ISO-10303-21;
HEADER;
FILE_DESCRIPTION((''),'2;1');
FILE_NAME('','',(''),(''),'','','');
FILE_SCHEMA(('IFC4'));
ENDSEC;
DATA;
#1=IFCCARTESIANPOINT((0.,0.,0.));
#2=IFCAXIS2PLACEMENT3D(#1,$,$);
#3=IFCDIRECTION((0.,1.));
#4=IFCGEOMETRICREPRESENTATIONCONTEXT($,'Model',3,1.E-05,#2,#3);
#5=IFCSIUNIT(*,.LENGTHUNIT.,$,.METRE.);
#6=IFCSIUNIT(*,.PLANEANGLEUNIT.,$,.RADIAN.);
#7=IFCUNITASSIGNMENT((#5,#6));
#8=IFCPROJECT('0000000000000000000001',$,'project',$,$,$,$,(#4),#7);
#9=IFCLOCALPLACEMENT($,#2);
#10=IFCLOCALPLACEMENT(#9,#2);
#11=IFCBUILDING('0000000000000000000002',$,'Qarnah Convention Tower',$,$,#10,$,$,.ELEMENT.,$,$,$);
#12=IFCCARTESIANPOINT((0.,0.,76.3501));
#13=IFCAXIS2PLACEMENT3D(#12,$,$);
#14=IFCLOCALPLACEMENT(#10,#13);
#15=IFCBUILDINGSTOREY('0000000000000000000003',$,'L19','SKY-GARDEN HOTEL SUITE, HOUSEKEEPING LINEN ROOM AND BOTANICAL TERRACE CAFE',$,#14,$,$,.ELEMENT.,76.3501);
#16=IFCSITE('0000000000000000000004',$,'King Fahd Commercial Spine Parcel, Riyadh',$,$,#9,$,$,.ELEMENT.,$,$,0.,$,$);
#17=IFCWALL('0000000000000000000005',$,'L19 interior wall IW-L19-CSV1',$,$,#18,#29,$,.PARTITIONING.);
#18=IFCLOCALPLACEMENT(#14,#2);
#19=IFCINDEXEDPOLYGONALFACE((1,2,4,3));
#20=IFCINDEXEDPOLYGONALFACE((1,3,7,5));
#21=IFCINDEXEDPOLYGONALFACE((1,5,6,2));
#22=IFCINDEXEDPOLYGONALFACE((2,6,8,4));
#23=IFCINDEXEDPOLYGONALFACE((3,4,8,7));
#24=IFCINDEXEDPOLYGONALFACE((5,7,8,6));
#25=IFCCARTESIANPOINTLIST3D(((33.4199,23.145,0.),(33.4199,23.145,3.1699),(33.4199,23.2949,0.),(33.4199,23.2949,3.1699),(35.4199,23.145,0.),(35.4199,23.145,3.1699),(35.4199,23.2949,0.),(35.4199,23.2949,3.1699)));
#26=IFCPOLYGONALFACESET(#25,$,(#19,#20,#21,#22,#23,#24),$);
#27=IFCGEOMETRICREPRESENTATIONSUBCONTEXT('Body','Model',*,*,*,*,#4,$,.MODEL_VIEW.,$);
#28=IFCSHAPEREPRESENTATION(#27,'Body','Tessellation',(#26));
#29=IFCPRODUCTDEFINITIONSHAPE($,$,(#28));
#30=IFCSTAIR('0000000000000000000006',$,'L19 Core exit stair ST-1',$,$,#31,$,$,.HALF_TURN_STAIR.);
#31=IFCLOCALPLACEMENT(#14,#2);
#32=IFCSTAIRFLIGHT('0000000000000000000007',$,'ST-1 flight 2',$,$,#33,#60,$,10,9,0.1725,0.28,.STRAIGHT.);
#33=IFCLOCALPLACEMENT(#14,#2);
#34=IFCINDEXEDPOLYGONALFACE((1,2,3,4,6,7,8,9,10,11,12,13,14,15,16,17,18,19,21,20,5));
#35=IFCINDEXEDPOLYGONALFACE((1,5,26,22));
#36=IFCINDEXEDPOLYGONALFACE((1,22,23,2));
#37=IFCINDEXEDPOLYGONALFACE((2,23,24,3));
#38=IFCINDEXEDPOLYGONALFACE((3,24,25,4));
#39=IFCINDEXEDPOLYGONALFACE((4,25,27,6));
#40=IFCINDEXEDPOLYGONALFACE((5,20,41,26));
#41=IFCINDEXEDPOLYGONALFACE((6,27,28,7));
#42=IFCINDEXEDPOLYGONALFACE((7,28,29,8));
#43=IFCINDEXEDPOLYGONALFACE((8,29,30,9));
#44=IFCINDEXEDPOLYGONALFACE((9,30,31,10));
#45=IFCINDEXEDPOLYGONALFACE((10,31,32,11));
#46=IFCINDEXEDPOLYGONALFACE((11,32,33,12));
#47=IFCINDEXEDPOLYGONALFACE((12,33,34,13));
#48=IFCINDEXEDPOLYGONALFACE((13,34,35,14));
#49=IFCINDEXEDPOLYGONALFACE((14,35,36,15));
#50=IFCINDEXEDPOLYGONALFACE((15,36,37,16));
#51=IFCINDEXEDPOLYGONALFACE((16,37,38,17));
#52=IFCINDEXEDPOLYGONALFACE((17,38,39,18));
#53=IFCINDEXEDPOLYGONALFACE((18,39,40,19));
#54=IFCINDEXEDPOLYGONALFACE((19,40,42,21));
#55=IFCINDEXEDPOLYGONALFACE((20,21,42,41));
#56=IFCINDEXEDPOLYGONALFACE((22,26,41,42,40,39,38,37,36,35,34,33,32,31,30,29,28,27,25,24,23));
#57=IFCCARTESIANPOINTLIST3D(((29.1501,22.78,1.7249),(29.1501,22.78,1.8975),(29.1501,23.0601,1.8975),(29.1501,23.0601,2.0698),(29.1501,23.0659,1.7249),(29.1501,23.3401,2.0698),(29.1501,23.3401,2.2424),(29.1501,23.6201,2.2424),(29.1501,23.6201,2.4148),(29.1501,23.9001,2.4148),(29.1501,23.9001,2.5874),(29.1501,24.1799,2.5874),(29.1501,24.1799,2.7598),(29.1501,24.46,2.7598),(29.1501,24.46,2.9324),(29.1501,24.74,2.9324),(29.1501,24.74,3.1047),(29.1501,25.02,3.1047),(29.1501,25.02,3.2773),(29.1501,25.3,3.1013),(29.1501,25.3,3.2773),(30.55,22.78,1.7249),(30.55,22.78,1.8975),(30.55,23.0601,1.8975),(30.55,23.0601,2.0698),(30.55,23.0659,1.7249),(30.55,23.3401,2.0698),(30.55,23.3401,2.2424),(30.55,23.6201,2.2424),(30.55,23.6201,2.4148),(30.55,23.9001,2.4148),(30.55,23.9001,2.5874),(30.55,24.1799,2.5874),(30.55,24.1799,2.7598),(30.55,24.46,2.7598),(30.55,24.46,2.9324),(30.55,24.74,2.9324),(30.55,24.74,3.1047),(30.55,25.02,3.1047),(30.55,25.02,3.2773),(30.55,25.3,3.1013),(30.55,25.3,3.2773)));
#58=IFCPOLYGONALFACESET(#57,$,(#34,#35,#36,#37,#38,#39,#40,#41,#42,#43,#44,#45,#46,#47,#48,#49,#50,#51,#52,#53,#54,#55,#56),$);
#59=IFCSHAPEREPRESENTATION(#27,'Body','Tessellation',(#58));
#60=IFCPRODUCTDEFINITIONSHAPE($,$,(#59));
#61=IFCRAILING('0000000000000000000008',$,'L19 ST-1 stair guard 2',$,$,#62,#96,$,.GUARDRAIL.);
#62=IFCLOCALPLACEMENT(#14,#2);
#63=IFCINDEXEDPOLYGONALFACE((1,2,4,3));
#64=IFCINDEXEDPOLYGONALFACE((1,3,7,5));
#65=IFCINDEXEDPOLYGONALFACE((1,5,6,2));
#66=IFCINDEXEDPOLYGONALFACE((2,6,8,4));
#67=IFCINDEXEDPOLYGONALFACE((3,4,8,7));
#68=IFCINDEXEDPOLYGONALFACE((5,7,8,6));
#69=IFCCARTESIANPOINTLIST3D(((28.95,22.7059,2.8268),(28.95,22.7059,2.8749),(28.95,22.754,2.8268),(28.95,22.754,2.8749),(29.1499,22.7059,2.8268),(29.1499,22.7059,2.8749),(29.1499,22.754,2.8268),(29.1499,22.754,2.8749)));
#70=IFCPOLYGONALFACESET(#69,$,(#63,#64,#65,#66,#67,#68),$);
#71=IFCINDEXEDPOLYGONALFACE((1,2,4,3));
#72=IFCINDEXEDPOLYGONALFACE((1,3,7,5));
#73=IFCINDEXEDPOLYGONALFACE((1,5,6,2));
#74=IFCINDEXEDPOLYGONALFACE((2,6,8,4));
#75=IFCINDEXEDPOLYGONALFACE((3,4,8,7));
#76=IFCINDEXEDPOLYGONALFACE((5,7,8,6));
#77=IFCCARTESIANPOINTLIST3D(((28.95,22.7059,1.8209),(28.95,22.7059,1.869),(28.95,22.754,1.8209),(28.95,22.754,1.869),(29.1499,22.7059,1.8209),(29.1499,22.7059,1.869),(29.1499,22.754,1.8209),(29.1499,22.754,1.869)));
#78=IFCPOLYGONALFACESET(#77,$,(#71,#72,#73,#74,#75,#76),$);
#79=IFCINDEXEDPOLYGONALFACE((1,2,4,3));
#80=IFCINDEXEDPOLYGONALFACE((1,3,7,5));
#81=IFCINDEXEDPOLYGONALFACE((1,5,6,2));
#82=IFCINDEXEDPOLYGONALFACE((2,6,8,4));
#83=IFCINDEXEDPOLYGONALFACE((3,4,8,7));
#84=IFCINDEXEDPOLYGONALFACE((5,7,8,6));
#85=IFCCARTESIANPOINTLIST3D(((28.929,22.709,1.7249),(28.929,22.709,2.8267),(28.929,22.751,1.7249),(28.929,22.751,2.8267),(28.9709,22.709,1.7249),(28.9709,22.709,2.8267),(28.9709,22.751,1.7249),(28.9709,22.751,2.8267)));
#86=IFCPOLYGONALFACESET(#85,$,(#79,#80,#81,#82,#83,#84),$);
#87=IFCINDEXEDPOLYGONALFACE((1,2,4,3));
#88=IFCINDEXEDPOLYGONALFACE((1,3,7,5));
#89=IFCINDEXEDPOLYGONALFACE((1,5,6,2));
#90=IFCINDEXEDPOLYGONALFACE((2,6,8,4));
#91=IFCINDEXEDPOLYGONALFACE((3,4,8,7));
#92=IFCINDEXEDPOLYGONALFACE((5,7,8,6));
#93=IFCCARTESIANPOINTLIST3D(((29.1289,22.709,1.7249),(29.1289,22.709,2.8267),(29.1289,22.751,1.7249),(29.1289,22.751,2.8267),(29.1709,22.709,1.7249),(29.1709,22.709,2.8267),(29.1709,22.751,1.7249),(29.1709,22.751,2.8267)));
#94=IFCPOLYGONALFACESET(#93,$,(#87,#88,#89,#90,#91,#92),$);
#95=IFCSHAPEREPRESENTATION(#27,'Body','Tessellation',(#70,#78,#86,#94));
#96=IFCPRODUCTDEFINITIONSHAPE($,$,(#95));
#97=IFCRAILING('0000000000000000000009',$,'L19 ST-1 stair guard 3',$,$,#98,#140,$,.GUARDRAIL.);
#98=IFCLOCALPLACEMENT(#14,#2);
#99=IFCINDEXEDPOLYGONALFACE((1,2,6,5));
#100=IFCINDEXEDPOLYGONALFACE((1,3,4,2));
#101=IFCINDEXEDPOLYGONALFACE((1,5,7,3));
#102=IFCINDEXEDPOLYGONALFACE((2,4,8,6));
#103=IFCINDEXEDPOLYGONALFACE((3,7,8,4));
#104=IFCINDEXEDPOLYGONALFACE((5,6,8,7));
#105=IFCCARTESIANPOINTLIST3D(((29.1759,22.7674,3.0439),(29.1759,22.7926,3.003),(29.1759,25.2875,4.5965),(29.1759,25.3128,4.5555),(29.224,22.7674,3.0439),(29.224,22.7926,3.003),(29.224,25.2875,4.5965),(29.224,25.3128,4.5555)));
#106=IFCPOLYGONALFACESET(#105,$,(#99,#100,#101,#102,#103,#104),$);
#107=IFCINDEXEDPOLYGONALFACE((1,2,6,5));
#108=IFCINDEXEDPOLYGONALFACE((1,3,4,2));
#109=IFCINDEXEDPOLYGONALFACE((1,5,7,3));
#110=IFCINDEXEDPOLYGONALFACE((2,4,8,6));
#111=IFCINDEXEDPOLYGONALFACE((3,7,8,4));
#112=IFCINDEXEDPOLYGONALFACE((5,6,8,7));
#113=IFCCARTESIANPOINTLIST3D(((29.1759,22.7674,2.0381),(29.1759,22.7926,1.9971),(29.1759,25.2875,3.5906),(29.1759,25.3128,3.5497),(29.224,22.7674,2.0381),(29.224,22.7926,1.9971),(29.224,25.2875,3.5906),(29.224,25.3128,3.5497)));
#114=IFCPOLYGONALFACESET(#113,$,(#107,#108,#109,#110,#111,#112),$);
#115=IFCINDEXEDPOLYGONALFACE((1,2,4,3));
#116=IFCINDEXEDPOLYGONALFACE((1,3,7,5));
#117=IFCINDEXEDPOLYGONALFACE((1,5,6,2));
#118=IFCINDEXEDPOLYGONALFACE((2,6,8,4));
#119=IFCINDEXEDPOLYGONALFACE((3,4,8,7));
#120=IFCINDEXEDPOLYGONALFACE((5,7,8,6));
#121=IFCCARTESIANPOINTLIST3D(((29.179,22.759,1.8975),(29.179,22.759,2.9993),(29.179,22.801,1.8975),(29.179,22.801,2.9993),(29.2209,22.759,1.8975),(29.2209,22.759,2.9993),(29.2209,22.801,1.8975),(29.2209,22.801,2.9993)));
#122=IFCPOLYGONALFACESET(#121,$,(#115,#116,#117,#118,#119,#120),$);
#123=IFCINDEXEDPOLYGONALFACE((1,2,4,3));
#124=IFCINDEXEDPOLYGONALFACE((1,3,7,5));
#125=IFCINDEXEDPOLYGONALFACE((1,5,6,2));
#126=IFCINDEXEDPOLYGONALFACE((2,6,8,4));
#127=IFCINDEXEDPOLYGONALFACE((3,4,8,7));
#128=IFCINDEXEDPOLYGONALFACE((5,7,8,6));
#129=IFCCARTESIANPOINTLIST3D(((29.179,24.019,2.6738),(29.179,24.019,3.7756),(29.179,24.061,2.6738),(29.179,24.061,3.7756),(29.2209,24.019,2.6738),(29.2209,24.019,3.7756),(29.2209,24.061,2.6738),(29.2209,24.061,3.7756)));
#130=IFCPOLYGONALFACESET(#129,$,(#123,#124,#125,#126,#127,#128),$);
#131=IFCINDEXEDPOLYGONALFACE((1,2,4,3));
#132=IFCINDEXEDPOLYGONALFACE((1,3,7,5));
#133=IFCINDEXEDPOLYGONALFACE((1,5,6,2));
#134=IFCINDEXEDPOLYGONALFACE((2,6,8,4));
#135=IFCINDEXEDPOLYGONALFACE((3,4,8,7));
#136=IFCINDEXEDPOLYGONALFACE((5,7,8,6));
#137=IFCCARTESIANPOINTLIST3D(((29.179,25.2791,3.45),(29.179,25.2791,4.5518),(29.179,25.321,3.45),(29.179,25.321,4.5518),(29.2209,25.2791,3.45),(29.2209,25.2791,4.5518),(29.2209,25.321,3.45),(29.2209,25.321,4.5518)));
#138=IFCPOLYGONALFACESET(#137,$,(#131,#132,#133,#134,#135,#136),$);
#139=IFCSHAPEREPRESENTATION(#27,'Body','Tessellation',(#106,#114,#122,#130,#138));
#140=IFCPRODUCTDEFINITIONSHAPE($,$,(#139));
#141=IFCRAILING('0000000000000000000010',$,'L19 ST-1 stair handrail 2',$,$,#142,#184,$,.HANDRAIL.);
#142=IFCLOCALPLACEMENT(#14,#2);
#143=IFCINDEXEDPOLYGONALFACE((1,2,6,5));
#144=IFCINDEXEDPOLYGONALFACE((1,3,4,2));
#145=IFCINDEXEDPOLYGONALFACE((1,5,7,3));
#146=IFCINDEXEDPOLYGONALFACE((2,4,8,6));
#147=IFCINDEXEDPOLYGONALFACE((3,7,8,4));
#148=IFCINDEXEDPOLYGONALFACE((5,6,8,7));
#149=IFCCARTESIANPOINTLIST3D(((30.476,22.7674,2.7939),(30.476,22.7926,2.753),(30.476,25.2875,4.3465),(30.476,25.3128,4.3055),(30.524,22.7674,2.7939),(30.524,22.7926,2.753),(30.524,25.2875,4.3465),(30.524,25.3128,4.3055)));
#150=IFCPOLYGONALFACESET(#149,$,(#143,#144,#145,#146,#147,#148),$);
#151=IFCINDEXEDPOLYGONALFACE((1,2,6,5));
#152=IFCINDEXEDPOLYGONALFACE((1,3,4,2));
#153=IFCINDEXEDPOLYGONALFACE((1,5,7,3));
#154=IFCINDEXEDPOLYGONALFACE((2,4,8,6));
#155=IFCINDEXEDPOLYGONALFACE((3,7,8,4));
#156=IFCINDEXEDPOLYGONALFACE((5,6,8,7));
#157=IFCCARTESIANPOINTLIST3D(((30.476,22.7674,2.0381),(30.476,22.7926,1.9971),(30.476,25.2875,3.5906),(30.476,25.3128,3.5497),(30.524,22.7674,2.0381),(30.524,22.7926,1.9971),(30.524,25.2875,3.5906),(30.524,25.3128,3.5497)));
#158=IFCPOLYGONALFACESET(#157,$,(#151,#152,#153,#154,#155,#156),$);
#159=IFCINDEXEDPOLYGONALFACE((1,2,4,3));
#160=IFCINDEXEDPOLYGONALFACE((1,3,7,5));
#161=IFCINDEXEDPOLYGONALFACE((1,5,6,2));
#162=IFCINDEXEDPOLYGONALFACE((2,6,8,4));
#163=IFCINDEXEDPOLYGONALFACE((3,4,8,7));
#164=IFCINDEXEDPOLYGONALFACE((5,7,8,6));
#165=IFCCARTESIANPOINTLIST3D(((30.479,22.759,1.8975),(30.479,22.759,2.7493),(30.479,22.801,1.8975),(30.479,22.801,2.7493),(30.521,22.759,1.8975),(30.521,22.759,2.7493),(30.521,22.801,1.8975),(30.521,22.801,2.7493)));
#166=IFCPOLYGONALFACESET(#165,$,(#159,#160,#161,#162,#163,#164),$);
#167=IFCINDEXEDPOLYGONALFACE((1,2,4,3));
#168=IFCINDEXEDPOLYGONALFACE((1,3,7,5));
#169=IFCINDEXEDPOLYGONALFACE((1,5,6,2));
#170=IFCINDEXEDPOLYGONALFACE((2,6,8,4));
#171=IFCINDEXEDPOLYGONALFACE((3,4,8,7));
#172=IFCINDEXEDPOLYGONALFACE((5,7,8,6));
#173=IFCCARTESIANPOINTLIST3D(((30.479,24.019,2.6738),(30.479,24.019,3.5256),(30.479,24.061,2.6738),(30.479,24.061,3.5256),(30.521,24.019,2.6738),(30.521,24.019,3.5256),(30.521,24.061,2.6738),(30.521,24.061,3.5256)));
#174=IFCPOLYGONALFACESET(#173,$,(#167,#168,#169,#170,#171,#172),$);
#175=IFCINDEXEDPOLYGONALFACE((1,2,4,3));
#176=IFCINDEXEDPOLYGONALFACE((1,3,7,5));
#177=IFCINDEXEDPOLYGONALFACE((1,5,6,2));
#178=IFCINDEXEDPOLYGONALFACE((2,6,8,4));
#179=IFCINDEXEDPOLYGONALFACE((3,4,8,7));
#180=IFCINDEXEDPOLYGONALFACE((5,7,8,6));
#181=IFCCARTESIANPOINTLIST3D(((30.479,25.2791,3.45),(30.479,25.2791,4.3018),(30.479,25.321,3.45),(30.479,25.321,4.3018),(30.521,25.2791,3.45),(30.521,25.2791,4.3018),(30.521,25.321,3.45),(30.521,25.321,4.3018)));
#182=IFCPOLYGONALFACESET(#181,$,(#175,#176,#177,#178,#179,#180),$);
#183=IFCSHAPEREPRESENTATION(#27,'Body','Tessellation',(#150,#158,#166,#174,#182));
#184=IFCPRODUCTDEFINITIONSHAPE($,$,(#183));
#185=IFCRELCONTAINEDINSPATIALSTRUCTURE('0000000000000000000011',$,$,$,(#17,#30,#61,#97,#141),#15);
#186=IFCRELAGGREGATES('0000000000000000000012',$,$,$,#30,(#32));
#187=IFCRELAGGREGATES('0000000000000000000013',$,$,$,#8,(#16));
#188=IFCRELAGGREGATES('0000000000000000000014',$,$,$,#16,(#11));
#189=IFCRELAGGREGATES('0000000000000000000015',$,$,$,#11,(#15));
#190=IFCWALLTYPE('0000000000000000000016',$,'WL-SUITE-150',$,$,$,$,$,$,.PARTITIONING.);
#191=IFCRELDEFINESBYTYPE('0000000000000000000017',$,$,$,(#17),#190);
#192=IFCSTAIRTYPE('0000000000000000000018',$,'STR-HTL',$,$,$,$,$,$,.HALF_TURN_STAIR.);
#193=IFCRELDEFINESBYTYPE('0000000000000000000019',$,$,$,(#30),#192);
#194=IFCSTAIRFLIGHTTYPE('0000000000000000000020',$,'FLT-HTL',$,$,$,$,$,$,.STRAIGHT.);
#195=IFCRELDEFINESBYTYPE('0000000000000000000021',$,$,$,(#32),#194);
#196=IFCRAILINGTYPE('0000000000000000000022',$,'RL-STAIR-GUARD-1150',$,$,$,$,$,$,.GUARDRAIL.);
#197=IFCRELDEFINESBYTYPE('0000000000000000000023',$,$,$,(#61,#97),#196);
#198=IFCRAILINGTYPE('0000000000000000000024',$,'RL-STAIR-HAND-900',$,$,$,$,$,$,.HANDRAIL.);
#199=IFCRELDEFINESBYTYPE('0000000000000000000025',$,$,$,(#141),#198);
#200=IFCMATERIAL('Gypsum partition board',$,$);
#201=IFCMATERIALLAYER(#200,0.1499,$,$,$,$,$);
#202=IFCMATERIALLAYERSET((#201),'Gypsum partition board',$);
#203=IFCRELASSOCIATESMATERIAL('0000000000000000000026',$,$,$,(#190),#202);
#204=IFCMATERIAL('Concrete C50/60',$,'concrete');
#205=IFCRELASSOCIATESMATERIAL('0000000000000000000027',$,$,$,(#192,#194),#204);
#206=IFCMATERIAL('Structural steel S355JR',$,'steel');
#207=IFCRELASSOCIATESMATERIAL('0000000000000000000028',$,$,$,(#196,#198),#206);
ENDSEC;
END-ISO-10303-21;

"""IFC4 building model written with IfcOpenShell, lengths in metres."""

from ifc_helpers import new_model, si_unit, direction, frame, frame_2d, origin, origin_2d, place, context, subcontext, project, spatial, polyline, rectangle, outline, extrude, material, layer, layer_set, type_object, element, aggregate, save


model = new_model("IFC4")

# Units and contexts
model_context = context("Model", 3, precision=1e-05, world=origin(), true_north=direction((0.0, 1.0)))
body_context = subcontext(model_context, "Body", "Model", "MODEL_VIEW")
ifc_project = project(units=[si_unit("LENGTHUNIT", "METRE"), si_unit("PLANEANGLEUNIT", "RADIAN")], contexts=[model_context])

# Site, building, storey
site_placement = place(None, origin())
site = spatial("IfcSite", under=ifc_project, at=site_placement, Name="King Fahd Commercial Spine Parcel, Riyadh", CompositionType="ELEMENT", RefElevation=0.0)
building_placement = place(site_placement, origin())
building = spatial("IfcBuilding", under=site, at=building_placement, Name="Qarnah Convention Tower", CompositionType="ELEMENT")
storey_placement = place(building_placement, frame((0.0, 0.0, 76.3501)))
storey = spatial("IfcBuildingStorey", under=building, at=storey_placement, Name="L19", Description="SKY-GARDEN HOTEL SUITE, HOUSEKEEPING LINEN ROOM AND BOTANICAL TERRACE CAFE", CompositionType="ELEMENT", Elevation=76.3501)

# Shared definitions
ifc_material_1 = material(Name="Structural steel S355JR", Category="steel")

# Wall
ifc_material_2 = material(Name="Gypsum partition board")
ifc_layer_1 = layer(ifc_material_2, 0.1499)
ifc_layer_set_1 = layer_set([ifc_layer_1], Name="Gypsum partition board")
wall_type_1 = type_object("IfcWallType", Name="WL-SUITE-150", PredefinedType="PARTITIONING", material=ifc_layer_set_1)
wall_1_placement = place(storey_placement, frame((33.4199, 23.22, 0.0), z_axis=(0.0, 0.0, 1.0), x_axis=(1.0, 0.0, 0.0)))
element("IfcWall", 1, at=wall_1_placement, inside=storey, type_object=wall_type_1, Name="L19 interior wall IW-L19-CSV1", PredefinedType="PARTITIONING", context=body_context, shape_type="SweptSolid", body=[
    extrude(rectangle(XDim=2.0, YDim=0.1499, at=frame_2d((1.0, 0.0))), origin(), (0.0, 0.0, 1.0), 3.1699),
])

# Stair, stair flight
ifc_material_3 = material(Name="Concrete C50/60", Category="concrete")
stair_type = type_object("IfcStairType", Name="STR-HTL", PredefinedType="HALF_TURN_STAIR", material=ifc_material_3)
stair_placement = place(storey_placement, origin())
stair = element("IfcStair", 2, at=stair_placement, inside=storey, type_object=stair_type, Name="L19 Core exit stair ST-1", PredefinedType="HALF_TURN_STAIR")
stair_flight_type = type_object("IfcStairFlightType", Name="FLT-HTL", PredefinedType="STRAIGHT", material=ifc_material_3)
stair_flight_placement = place(storey_placement, frame((29.8501, 22.78, 1.7249), z_axis=(0.0, 0.0, 1.0), x_axis=(0.0, 1.0, 0.0)))
stair_flight = element("IfcStairFlight", 3, at=stair_flight_placement, type_object=stair_flight_type, Name="ST-1 flight 2", NumberOfRisers=10, NumberOfTreads=9, PredefinedType="STRAIGHT", RiserHeight=0.1725, TreadLength=0.28, context=body_context, shape_type="SweptSolid", body=[
    extrude(outline(polyline([(0.0, 0.0), (0.0, 0.1726), (0.28, 0.1726), (0.28, 0.345), (0.5601, 0.345), (0.5601, 0.5176), (0.8401, 0.5176), (0.8401, 0.6899), (1.1201, 0.6899), (1.1201, 0.8625), (1.3999, 0.8625), (1.3999, 1.0349), (1.6799, 1.0349), (1.6799, 1.2075), (1.96, 1.2075), (1.96, 1.3799), (2.24, 1.3799), (2.24, 1.5525), (2.52, 1.5525), (2.52, 1.7251), (2.52, 1.3765), (0.2859, 0.0), (0.0, 0.0)])), frame((0.0, 0.7, 0.0), z_axis=(0.0, -1.0, 0.0), x_axis=(1.0, 0.0, 0.0)), (0.0, 0.0, 1.0), 1.3999),
])
aggregate(stair, [stair_flight])

# Railings
railing_type_1 = type_object("IfcRailingType", Name="RL-STAIR-GUARD-1150", PredefinedType="GUARDRAIL", material=ifc_material_1)
railing_1_placement = place(storey_placement, frame((28.95, 22.73, 1.7249)))
element("IfcRailing", 4, at=railing_1_placement, inside=storey, type_object=railing_type_1, Name="L19 ST-1 stair guard 2", PredefinedType="GUARDRAIL", context=body_context, shape_type="SweptSolid", body=[
    extrude(rectangle(XDim=0.0481, YDim=0.0481, at=origin_2d()), frame((0.0, 0.0, 1.126), z_axis=(1.0, 0.0, 0.0), x_axis=(0.0, 1.0, 0.0)), (0.0, 0.0, 1.0), 0.2),
    extrude(rectangle(XDim=0.0481, YDim=0.0481, at=origin_2d()), frame((0.0, 0.0, 0.1201), z_axis=(1.0, 0.0, 0.0), x_axis=(0.0, 1.0, 0.0)), (0.0, 0.0, 1.0), 0.2),
    extrude(rectangle(XDim=0.042, YDim=0.042, at=origin_2d()), origin(), (0.0, 0.0, 1.0), 1.1018),
    extrude(rectangle(XDim=0.042, YDim=0.042, at=origin_2d()), frame((0.2, 0.0, 0.0)), (0.0, 0.0, 1.0), 1.1018),
])
railing_2_placement = place(storey_placement, frame((29.2, 22.78, 1.8975)))
element("IfcRailing", 5, at=railing_2_placement, inside=storey, type_object=railing_type_1, Name="L19 ST-1 stair guard 3", PredefinedType="GUARDRAIL", context=body_context, shape_type="SweptSolid", body=[
    extrude(rectangle(XDim=0.0481, YDim=0.0481, at=origin_2d()), frame((0.0, 0.0, 1.126), z_axis=(0.0, 0.8514, 0.524516), x_axis=(-1.0, 0.0, 0.0)), (0.0, 0.0, 1.0), 2.96),
    extrude(rectangle(XDim=0.0481, YDim=0.0481, at=origin_2d()), frame((0.0, 0.0, 0.1201), z_axis=(0.0, 0.8514, 0.524516), x_axis=(-1.0, 0.0, 0.0)), (0.0, 0.0, 1.0), 2.96),
    extrude(rectangle(XDim=0.042, YDim=0.042, at=origin_2d()), origin(), (0.0, 0.0, 1.0), 1.1018),
    extrude(rectangle(XDim=0.042, YDim=0.042, at=origin_2d()), frame((0.0, 1.26, 0.7764)), (0.0, 0.0, 1.0), 1.1018),
    extrude(rectangle(XDim=0.042, YDim=0.042, at=origin_2d()), frame((0.0, 2.52, 1.5525)), (0.0, 0.0, 1.0), 1.1018),
])
railing_type_2 = type_object("IfcRailingType", Name="RL-STAIR-HAND-900", PredefinedType="HANDRAIL", material=ifc_material_1)
railing_3_placement = place(storey_placement, frame((30.5, 22.78, 1.8975)))
element("IfcRailing", 6, at=railing_3_placement, inside=storey, type_object=railing_type_2, Name="L19 ST-1 stair handrail 2", PredefinedType="HANDRAIL", context=body_context, shape_type="SweptSolid", body=[
    extrude(rectangle(XDim=0.0481, YDim=0.0481, at=origin_2d()), frame((0.0, 0.0, 0.876), z_axis=(0.0, 0.8514, 0.524516), x_axis=(-1.0, 0.0, 0.0)), (0.0, 0.0, 1.0), 2.96),
    extrude(rectangle(XDim=0.0481, YDim=0.0481, at=origin_2d()), frame((0.0, 0.0, 0.1201), z_axis=(0.0, 0.8514, 0.524516), x_axis=(-1.0, 0.0, 0.0)), (0.0, 0.0, 1.0), 2.96),
    extrude(rectangle(XDim=0.042, YDim=0.042, at=origin_2d()), origin(), (0.0, 0.0, 1.0), 0.8518),
    extrude(rectangle(XDim=0.042, YDim=0.042, at=origin_2d()), frame((0.0, 1.26, 0.7764)), (0.0, 0.0, 1.0), 0.8518),
    extrude(rectangle(XDim=0.042, YDim=0.042, at=origin_2d()), frame((0.0, 2.52, 1.5525)), (0.0, 0.0, 1.0), 0.8518),
])

save(model, "model.ifc")
